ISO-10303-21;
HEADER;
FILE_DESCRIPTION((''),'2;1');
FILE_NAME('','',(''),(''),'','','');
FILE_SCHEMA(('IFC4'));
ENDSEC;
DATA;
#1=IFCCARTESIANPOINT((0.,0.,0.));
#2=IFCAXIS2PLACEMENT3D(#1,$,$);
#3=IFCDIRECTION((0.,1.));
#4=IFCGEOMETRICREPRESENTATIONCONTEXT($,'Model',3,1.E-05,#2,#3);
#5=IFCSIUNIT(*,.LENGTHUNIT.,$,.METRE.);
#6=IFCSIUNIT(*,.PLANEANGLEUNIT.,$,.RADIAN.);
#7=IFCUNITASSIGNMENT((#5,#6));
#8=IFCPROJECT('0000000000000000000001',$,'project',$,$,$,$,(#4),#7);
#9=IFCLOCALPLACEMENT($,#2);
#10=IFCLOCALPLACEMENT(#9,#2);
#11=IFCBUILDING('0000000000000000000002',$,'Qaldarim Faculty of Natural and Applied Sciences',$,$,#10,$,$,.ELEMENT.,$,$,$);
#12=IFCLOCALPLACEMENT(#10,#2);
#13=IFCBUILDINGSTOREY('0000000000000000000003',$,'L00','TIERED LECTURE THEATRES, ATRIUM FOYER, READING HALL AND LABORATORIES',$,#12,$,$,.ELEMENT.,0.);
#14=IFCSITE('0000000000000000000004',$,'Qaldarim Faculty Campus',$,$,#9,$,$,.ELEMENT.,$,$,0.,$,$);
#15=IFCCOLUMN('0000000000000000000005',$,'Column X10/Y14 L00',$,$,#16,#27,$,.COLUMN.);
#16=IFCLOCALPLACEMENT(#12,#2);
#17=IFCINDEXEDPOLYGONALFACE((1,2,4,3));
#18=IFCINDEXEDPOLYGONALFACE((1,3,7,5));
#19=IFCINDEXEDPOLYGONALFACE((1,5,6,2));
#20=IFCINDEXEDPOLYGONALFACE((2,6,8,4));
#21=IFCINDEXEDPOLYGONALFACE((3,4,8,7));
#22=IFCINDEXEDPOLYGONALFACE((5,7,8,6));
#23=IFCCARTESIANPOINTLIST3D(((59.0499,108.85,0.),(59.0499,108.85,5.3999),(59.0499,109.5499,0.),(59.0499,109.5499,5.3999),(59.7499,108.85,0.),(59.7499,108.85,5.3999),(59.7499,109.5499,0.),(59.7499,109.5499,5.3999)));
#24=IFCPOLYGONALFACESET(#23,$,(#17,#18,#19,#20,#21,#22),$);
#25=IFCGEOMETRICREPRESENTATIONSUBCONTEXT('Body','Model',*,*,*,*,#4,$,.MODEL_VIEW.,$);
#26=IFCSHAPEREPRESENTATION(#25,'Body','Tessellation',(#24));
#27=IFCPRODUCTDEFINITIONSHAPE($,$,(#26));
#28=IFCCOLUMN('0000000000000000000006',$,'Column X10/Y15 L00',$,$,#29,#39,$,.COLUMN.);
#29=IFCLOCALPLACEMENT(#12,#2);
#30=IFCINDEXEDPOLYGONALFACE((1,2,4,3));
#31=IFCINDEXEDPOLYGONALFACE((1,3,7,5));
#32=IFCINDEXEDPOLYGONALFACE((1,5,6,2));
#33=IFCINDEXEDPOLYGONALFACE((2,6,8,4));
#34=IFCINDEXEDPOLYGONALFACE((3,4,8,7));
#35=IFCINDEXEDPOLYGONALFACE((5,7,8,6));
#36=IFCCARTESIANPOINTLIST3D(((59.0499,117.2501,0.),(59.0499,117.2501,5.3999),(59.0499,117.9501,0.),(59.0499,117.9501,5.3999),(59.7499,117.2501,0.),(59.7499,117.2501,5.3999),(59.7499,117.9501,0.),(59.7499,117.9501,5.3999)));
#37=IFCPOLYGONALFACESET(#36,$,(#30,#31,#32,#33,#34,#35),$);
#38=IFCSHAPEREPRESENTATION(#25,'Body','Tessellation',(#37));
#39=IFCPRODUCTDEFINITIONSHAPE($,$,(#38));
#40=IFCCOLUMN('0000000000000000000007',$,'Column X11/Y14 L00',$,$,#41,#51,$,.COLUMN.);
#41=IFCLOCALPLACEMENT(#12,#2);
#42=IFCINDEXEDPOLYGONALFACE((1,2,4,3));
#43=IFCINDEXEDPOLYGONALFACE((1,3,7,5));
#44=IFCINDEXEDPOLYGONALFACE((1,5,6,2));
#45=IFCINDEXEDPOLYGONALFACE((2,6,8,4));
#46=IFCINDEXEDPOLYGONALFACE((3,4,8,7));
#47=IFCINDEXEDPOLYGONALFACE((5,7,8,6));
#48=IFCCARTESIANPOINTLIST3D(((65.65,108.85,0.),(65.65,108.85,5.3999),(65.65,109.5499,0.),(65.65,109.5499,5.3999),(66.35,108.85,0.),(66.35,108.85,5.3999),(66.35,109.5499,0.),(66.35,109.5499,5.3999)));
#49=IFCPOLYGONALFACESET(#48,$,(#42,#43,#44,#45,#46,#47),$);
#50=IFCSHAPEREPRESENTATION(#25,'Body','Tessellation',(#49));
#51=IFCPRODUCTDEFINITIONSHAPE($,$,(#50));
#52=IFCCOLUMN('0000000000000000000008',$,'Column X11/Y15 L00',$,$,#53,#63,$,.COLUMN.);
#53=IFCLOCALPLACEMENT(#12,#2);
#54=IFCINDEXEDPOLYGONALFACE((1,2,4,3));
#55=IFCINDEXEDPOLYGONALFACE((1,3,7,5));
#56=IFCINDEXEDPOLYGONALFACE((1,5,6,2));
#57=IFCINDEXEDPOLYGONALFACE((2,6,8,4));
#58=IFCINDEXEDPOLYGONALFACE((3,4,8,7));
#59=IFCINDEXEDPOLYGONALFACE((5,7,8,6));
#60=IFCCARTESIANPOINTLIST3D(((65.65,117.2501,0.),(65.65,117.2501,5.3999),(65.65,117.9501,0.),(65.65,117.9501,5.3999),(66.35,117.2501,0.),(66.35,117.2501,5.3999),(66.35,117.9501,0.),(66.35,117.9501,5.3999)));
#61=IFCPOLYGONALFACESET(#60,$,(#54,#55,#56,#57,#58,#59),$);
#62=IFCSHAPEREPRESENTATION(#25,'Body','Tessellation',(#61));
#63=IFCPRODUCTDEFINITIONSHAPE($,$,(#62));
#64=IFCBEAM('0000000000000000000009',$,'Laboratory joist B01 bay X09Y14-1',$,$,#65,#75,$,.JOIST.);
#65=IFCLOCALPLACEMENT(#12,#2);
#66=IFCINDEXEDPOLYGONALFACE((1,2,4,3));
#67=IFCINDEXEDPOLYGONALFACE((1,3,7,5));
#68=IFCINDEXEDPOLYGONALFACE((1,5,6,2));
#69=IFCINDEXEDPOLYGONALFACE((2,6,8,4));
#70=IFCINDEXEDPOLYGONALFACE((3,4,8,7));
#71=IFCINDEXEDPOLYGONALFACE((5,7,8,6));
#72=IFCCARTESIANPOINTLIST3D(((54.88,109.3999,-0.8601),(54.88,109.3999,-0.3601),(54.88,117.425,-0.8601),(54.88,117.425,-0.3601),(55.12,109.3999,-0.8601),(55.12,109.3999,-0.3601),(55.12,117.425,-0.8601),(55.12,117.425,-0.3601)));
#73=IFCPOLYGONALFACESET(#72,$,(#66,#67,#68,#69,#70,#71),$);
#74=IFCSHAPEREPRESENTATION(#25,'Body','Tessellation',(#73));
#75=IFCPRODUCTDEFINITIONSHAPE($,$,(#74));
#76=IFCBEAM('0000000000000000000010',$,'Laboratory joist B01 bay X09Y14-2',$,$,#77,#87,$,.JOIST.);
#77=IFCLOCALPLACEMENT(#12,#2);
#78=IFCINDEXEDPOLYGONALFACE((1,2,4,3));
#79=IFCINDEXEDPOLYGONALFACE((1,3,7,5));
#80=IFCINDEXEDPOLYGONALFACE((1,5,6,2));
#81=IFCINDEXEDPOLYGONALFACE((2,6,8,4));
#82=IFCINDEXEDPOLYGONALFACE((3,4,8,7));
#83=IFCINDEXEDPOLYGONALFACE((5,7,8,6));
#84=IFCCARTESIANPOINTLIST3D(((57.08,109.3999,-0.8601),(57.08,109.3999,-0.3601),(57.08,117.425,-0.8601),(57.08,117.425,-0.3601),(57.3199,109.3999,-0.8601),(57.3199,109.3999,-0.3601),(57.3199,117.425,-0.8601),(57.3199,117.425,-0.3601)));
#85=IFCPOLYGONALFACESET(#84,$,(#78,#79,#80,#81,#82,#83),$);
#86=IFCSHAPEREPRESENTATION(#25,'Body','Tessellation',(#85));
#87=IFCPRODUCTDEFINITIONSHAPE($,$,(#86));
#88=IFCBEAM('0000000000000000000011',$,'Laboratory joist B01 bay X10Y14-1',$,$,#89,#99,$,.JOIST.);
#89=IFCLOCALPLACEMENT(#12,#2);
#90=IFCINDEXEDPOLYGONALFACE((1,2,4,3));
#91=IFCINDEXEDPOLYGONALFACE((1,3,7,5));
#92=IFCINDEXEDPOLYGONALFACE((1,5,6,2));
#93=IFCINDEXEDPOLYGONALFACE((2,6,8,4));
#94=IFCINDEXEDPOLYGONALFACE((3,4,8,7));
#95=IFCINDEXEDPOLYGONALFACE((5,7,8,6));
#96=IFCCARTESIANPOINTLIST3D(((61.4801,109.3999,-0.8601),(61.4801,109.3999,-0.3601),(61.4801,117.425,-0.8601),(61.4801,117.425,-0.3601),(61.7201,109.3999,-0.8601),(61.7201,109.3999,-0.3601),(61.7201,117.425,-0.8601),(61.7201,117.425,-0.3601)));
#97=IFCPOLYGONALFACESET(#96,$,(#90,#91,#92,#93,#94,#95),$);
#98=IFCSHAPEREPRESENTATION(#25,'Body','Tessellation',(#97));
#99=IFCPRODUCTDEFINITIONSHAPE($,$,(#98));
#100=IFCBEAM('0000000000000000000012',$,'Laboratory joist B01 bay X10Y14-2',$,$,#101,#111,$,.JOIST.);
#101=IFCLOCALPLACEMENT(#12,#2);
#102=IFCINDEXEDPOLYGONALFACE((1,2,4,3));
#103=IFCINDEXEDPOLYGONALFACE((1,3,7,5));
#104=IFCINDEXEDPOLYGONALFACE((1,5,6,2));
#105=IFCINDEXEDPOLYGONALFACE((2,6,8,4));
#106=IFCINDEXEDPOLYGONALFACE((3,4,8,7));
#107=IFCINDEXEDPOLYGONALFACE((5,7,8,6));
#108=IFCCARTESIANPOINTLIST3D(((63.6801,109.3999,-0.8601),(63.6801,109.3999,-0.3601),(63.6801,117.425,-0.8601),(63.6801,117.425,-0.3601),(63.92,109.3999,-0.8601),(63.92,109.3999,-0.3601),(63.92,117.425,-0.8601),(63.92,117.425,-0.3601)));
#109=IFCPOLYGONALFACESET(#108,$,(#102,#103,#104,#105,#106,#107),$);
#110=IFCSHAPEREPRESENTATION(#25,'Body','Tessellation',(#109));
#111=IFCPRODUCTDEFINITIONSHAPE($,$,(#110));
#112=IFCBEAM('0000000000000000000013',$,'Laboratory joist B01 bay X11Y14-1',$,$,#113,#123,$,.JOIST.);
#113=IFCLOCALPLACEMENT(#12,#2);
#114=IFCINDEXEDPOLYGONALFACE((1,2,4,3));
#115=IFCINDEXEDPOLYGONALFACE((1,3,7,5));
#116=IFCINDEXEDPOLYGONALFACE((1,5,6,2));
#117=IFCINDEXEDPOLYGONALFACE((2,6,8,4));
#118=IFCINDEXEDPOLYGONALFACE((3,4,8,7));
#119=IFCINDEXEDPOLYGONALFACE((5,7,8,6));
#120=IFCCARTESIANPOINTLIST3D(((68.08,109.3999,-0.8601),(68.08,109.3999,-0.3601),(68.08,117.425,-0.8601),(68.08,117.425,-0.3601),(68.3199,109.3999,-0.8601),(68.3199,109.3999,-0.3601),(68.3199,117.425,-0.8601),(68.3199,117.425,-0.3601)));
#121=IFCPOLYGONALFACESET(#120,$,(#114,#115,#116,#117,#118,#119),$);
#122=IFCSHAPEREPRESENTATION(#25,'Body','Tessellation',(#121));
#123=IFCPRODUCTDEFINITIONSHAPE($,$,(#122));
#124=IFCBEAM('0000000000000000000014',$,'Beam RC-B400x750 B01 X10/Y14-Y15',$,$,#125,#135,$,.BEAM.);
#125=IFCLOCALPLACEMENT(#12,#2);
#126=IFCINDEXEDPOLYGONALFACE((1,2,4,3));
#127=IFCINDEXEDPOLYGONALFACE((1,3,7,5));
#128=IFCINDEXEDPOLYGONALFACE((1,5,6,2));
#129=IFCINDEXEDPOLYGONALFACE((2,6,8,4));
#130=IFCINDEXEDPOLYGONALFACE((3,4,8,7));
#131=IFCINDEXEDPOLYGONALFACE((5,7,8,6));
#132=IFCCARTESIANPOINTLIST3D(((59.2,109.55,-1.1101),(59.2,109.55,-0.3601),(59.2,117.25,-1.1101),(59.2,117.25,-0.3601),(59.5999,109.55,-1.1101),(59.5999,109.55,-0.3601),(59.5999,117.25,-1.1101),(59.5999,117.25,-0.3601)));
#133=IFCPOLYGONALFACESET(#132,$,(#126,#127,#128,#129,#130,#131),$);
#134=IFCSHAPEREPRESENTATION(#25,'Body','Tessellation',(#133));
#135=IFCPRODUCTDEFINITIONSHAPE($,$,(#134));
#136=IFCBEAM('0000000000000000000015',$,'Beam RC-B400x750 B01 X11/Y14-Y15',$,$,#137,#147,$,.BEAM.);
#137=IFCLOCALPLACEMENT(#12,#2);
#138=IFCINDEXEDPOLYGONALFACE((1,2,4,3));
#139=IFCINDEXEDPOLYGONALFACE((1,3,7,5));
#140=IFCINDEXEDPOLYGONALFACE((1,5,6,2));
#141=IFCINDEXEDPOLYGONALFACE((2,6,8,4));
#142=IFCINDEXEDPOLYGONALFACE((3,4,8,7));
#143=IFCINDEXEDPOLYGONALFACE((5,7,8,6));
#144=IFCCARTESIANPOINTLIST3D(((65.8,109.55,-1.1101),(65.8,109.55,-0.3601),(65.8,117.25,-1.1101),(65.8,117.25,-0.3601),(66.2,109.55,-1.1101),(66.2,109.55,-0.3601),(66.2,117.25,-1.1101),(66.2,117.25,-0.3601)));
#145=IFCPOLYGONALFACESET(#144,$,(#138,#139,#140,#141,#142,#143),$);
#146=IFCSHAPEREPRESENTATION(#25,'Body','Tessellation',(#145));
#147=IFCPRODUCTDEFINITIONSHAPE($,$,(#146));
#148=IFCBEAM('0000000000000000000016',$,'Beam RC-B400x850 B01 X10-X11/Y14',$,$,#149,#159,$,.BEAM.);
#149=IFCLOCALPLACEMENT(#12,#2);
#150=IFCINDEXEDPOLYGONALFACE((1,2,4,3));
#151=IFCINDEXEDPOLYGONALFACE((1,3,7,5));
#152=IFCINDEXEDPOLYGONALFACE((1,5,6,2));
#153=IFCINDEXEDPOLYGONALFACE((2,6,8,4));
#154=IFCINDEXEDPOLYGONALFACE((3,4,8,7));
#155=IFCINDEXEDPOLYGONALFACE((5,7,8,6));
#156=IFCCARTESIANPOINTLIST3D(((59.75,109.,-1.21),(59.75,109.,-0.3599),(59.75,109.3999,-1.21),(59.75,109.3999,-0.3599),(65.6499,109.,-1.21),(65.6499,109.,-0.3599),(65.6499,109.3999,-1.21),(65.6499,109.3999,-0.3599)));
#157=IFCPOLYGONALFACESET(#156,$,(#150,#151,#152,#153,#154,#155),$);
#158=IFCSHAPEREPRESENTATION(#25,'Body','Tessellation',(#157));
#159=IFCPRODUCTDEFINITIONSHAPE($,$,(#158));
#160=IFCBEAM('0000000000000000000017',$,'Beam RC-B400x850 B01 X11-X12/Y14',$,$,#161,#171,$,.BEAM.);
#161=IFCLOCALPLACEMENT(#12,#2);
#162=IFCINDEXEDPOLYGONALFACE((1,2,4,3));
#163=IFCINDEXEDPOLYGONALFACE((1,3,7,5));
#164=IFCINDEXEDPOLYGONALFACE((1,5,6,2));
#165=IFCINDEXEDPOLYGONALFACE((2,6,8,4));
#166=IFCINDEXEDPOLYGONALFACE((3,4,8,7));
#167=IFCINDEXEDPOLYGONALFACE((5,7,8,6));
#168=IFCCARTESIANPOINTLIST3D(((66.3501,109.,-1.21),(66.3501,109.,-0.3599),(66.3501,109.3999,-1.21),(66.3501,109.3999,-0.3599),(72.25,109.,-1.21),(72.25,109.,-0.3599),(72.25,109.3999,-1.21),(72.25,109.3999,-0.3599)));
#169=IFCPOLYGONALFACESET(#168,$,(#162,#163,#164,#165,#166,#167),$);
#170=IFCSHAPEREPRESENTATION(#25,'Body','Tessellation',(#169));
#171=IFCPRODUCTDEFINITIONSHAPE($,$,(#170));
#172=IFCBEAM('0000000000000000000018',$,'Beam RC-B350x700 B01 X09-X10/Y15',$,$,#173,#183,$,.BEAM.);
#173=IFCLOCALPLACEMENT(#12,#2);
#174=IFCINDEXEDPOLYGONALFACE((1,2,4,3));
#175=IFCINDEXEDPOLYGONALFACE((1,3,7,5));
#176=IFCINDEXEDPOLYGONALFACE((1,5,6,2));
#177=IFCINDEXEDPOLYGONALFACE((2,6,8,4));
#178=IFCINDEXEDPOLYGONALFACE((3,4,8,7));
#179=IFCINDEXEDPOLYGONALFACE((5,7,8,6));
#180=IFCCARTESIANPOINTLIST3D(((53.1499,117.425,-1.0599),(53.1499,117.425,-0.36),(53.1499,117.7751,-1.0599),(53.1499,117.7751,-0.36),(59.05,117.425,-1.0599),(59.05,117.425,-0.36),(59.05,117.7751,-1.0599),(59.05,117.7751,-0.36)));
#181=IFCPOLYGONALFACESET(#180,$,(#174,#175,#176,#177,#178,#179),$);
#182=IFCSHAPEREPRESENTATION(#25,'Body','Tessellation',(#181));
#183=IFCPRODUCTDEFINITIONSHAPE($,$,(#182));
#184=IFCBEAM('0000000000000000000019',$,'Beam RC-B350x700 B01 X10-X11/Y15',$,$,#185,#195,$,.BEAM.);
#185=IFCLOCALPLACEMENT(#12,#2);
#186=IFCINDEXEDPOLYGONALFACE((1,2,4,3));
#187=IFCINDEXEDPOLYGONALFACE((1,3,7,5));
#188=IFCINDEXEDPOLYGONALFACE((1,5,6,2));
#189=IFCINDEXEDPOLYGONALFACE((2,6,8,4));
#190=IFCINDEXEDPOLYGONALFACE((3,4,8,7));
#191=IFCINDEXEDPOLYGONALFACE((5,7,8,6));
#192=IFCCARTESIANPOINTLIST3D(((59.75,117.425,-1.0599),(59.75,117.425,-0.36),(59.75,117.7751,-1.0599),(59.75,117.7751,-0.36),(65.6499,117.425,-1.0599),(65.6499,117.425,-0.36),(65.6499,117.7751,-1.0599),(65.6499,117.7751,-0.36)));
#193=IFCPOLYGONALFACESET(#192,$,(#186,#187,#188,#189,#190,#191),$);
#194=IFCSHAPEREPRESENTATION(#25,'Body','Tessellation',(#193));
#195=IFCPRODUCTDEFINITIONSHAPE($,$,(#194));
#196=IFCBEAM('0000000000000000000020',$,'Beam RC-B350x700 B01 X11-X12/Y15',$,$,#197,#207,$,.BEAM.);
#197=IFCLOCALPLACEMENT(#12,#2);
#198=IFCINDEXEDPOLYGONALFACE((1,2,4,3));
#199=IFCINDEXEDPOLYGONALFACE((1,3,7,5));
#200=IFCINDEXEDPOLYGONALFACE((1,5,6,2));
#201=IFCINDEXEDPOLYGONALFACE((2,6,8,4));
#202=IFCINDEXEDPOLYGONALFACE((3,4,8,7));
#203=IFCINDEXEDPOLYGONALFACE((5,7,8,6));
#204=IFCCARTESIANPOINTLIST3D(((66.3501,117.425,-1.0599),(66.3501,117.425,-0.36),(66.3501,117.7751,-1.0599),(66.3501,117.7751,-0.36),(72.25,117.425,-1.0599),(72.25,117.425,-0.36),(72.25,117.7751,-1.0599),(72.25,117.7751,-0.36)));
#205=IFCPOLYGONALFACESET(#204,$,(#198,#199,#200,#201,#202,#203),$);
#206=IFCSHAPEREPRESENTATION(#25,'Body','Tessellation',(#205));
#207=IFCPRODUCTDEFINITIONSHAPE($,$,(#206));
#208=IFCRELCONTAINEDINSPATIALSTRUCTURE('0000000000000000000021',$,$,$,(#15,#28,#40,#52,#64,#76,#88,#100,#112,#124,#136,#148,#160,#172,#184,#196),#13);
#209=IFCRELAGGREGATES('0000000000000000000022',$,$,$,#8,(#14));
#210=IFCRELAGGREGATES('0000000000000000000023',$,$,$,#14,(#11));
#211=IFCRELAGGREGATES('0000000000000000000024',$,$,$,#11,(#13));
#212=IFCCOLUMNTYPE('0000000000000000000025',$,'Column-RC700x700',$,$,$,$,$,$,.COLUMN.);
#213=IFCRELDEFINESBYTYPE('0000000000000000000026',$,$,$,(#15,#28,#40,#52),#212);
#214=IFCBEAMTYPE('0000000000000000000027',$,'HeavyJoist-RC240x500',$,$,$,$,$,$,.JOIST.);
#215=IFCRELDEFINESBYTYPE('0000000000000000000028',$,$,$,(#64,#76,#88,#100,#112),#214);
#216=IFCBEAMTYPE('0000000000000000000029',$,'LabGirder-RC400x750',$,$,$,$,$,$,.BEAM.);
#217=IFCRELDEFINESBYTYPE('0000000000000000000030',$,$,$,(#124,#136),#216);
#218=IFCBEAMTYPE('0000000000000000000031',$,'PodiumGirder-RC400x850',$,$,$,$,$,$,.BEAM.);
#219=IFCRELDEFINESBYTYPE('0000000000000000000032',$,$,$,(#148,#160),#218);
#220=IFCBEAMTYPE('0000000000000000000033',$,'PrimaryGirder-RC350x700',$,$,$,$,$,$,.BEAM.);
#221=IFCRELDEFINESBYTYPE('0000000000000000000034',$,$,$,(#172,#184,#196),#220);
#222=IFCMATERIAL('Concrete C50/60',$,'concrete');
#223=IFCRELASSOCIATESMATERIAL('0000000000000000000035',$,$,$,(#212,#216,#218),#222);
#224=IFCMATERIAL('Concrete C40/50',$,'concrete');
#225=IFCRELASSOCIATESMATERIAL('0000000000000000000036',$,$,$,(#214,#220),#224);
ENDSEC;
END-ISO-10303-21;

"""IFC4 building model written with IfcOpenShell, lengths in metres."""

from ifc_helpers import new_model, si_unit, direction, frame, origin, origin_2d, place, context, subcontext, project, spatial, rectangle, extrude, material, material_profile, profile_set, type_object, element, save


model = new_model("IFC4")

# Units and contexts
model_context = context("Model", 3, precision=1e-05, world=origin(), true_north=direction((0.0, 1.0)))
body_context = subcontext(model_context, "Body", "Model", "MODEL_VIEW")
ifc_project = project(units=[si_unit("LENGTHUNIT", "METRE"), si_unit("PLANEANGLEUNIT", "RADIAN")], contexts=[model_context])

# Site, building, storey
site_placement = place(None, origin())
site = spatial("IfcSite", under=ifc_project, at=site_placement, Name="Qaldarim Faculty Campus", CompositionType="ELEMENT", RefElevation=0.0)
building_placement = place(site_placement, origin())
building = spatial("IfcBuilding", under=site, at=building_placement, Name="Qaldarim Faculty of Natural and Applied Sciences", CompositionType="ELEMENT")
storey_placement = place(building_placement, origin())
storey = spatial("IfcBuildingStorey", under=building, at=storey_placement, Name="L00", Description="TIERED LECTURE THEATRES, ATRIUM FOYER, READING HALL AND LABORATORIES", CompositionType="ELEMENT", Elevation=0.0)

# Columns
ifc_material_1 = material(Name="Concrete C50/60", Category="concrete")
ifc_material_profile_1 = material_profile(ifc_material_1, rectangle(XDim=0.7, YDim=0.7, at=origin_2d()), Name="RC-C700x700")
ifc_profile_set_1 = profile_set([ifc_material_profile_1], Name="Concrete C50/60")
column_type = type_object("IfcColumnType", Name="Column-RC700x700", PredefinedType="COLUMN", material=ifc_profile_set_1)
for number, where, z_axis, x_axis, name in (
    (1, (59.3999, 109.2, 0.0), (0.0, 0.0, 1.0), (1.0, 0.0, 0.0), "Column X10/Y14 L00"),
    (2, (59.3999, 117.6001, 0.0), (0.0, 0.0, 1.0), (1.0, 0.0, 0.0), "Column X10/Y15 L00"),
    (3, (66.0, 109.2, 0.0), (0.0, 0.0, 1.0), (1.0, 0.0, 0.0), "Column X11/Y14 L00"),
    (4, (66.0, 117.6001, 0.0), (0.0, 0.0, 1.0), (1.0, 0.0, 0.0), "Column X11/Y15 L00"),
):
    element("IfcColumn", number, at=place(storey_placement, frame(where, z_axis=z_axis, x_axis=x_axis)), inside=storey, type_object=column_type, Name=name, PredefinedType="COLUMN", context=body_context, shape_type="SweptSolid", body=[
        extrude(rectangle(XDim=0.7, YDim=0.7, at=origin_2d()), origin(), (0.0, 0.0, 1.0), 5.3999),
    ])

# Beams
ifc_material_2 = material(Name="Concrete C40/50", Category="concrete")
ifc_material_profile_2 = material_profile(ifc_material_2, rectangle(XDim=0.24, YDim=0.5, at=origin_2d()), Name="RC-J240x500")
ifc_profile_set_2 = profile_set([ifc_material_profile_2], Name="Concrete C40/50")
beam_type_1 = type_object("IfcBeamType", Name="HeavyJoist-RC240x500", PredefinedType="JOIST", material=ifc_profile_set_2)
for number, where, z_axis, x_axis, name in (
    (5, (55.0, 109.3999, -0.6101), (0.0, 1.0, 0.0), (-1.0, 0.0, 0.0), "Laboratory joist B01 bay X09Y14-1"),
    (6, (57.2, 109.3999, -0.6101), (0.0, 1.0, 0.0), (-1.0, 0.0, 0.0), "Laboratory joist B01 bay X09Y14-2"),
    (7, (61.6001, 109.3999, -0.6101), (0.0, 1.0, 0.0), (-1.0, 0.0, 0.0), "Laboratory joist B01 bay X10Y14-1"),
    (8, (63.8, 109.3999, -0.6101), (0.0, 1.0, 0.0), (-1.0, 0.0, 0.0), "Laboratory joist B01 bay X10Y14-2"),
    (9, (68.2, 109.3999, -0.6101), (0.0, 1.0, 0.0), (-1.0, 0.0, 0.0), "Laboratory joist B01 bay X11Y14-1"),
):
    element("IfcBeam", number, at=place(storey_placement, frame(where, z_axis=z_axis, x_axis=x_axis)), inside=storey, type_object=beam_type_1, Name=name, PredefinedType="JOIST", context=body_context, shape_type="SweptSolid", body=[
        extrude(rectangle(XDim=0.24, YDim=0.5, at=origin_2d()), origin(), (0.0, 0.0, 1.0), 8.0251),
    ])
ifc_material_profile_3 = material_profile(ifc_material_1, rectangle(XDim=0.3999, YDim=0.75, at=origin_2d()), Name="RC-B400x750")
ifc_profile_set_3 = profile_set([ifc_material_profile_3], Name="Concrete C50/60")
beam_type_2 = type_object("IfcBeamType", Name="LabGirder-RC400x750", PredefinedType="BEAM", material=ifc_profile_set_3)
for number, where, z_axis, x_axis, name in (
    (10, (59.3999, 109.55, -0.7351), (0.0, 1.0, 0.0), (-1.0, 0.0, 0.0), "Beam RC-B400x750 B01 X10/Y14-Y15"),
    (11, (66.0, 109.55, -0.7351), (0.0, 1.0, 0.0), (-1.0, 0.0, 0.0), "Beam RC-B400x750 B01 X11/Y14-Y15"),
):
    element("IfcBeam", number, at=place(storey_placement, frame(where, z_axis=z_axis, x_axis=x_axis)), inside=storey, type_object=beam_type_2, Name=name, PredefinedType="BEAM", context=body_context, shape_type="SweptSolid", body=[
        extrude(rectangle(XDim=0.3999, YDim=0.75, at=origin_2d()), origin(), (0.0, 0.0, 1.0), 7.7),
    ])
ifc_material_profile_4 = material_profile(ifc_material_1, rectangle(XDim=0.3999, YDim=0.8501, at=origin_2d()), Name="RC-B400x850")
ifc_profile_set_4 = profile_set([ifc_material_profile_4], Name="Concrete C50/60")
beam_type_3 = type_object("IfcBeamType", Name="PodiumGirder-RC400x850", PredefinedType="BEAM", material=ifc_profile_set_4)
for number, where, z_axis, x_axis, name in (
    (12, (59.75, 109.2, -0.7849), (1.0, 0.0, 0.0), (0.0, 1.0, 0.0), "Beam RC-B400x850 B01 X10-X11/Y14"),
    (13, (66.3501, 109.2, -0.7849), (1.0, 0.0, 0.0), (0.0, 1.0, 0.0), "Beam RC-B400x850 B01 X11-X12/Y14"),
):
    element("IfcBeam", number, at=place(storey_placement, frame(where, z_axis=z_axis, x_axis=x_axis)), inside=storey, type_object=beam_type_3, Name=name, PredefinedType="BEAM", context=body_context, shape_type="SweptSolid", body=[
        extrude(rectangle(XDim=0.3999, YDim=0.8501, at=origin_2d()), origin(), (0.0, 0.0, 1.0), 5.8999),
    ])
ifc_material_profile_5 = material_profile(ifc_material_2, rectangle(XDim=0.3501, YDim=0.7, at=origin_2d()), Name="RC-B350x700")
ifc_profile_set_5 = profile_set([ifc_material_profile_5], Name="Concrete C40/50")
beam_type_4 = type_object("IfcBeamType", Name="PrimaryGirder-RC350x700", PredefinedType="BEAM", material=ifc_profile_set_5)
beam_placement = place(storey_placement, frame((53.1499, 117.6001, -0.71), z_axis=(1.0, 0.0, 0.0), x_axis=(0.0, 1.0, 0.0)))
element("IfcBeam", 14, at=beam_placement, inside=storey, type_object=beam_type_4, Name="Beam RC-B350x700 B01 X09-X10/Y15", PredefinedType="BEAM", context=body_context, shape_type="SweptSolid", body=[
    extrude(rectangle(XDim=0.3501, YDim=0.7, at=origin_2d()), origin(), (0.0, 0.0, 1.0), 5.9001),
])
for number, where, z_axis, x_axis, name in (
    (15, (59.75, 117.6001, -0.71), (1.0, 0.0, 0.0), (0.0, 1.0, 0.0), "Beam RC-B350x700 B01 X10-X11/Y15"),
    (16, (66.3501, 117.6001, -0.71), (1.0, 0.0, 0.0), (0.0, 1.0, 0.0), "Beam RC-B350x700 B01 X11-X12/Y15"),
):
    element("IfcBeam", number, at=place(storey_placement, frame(where, z_axis=z_axis, x_axis=x_axis)), inside=storey, type_object=beam_type_4, Name=name, PredefinedType="BEAM", context=body_context, shape_type="SweptSolid", body=[
        extrude(rectangle(XDim=0.3501, YDim=0.7, at=origin_2d()), origin(), (0.0, 0.0, 1.0), 5.8999),
    ])

save(model, "model.ifc")
